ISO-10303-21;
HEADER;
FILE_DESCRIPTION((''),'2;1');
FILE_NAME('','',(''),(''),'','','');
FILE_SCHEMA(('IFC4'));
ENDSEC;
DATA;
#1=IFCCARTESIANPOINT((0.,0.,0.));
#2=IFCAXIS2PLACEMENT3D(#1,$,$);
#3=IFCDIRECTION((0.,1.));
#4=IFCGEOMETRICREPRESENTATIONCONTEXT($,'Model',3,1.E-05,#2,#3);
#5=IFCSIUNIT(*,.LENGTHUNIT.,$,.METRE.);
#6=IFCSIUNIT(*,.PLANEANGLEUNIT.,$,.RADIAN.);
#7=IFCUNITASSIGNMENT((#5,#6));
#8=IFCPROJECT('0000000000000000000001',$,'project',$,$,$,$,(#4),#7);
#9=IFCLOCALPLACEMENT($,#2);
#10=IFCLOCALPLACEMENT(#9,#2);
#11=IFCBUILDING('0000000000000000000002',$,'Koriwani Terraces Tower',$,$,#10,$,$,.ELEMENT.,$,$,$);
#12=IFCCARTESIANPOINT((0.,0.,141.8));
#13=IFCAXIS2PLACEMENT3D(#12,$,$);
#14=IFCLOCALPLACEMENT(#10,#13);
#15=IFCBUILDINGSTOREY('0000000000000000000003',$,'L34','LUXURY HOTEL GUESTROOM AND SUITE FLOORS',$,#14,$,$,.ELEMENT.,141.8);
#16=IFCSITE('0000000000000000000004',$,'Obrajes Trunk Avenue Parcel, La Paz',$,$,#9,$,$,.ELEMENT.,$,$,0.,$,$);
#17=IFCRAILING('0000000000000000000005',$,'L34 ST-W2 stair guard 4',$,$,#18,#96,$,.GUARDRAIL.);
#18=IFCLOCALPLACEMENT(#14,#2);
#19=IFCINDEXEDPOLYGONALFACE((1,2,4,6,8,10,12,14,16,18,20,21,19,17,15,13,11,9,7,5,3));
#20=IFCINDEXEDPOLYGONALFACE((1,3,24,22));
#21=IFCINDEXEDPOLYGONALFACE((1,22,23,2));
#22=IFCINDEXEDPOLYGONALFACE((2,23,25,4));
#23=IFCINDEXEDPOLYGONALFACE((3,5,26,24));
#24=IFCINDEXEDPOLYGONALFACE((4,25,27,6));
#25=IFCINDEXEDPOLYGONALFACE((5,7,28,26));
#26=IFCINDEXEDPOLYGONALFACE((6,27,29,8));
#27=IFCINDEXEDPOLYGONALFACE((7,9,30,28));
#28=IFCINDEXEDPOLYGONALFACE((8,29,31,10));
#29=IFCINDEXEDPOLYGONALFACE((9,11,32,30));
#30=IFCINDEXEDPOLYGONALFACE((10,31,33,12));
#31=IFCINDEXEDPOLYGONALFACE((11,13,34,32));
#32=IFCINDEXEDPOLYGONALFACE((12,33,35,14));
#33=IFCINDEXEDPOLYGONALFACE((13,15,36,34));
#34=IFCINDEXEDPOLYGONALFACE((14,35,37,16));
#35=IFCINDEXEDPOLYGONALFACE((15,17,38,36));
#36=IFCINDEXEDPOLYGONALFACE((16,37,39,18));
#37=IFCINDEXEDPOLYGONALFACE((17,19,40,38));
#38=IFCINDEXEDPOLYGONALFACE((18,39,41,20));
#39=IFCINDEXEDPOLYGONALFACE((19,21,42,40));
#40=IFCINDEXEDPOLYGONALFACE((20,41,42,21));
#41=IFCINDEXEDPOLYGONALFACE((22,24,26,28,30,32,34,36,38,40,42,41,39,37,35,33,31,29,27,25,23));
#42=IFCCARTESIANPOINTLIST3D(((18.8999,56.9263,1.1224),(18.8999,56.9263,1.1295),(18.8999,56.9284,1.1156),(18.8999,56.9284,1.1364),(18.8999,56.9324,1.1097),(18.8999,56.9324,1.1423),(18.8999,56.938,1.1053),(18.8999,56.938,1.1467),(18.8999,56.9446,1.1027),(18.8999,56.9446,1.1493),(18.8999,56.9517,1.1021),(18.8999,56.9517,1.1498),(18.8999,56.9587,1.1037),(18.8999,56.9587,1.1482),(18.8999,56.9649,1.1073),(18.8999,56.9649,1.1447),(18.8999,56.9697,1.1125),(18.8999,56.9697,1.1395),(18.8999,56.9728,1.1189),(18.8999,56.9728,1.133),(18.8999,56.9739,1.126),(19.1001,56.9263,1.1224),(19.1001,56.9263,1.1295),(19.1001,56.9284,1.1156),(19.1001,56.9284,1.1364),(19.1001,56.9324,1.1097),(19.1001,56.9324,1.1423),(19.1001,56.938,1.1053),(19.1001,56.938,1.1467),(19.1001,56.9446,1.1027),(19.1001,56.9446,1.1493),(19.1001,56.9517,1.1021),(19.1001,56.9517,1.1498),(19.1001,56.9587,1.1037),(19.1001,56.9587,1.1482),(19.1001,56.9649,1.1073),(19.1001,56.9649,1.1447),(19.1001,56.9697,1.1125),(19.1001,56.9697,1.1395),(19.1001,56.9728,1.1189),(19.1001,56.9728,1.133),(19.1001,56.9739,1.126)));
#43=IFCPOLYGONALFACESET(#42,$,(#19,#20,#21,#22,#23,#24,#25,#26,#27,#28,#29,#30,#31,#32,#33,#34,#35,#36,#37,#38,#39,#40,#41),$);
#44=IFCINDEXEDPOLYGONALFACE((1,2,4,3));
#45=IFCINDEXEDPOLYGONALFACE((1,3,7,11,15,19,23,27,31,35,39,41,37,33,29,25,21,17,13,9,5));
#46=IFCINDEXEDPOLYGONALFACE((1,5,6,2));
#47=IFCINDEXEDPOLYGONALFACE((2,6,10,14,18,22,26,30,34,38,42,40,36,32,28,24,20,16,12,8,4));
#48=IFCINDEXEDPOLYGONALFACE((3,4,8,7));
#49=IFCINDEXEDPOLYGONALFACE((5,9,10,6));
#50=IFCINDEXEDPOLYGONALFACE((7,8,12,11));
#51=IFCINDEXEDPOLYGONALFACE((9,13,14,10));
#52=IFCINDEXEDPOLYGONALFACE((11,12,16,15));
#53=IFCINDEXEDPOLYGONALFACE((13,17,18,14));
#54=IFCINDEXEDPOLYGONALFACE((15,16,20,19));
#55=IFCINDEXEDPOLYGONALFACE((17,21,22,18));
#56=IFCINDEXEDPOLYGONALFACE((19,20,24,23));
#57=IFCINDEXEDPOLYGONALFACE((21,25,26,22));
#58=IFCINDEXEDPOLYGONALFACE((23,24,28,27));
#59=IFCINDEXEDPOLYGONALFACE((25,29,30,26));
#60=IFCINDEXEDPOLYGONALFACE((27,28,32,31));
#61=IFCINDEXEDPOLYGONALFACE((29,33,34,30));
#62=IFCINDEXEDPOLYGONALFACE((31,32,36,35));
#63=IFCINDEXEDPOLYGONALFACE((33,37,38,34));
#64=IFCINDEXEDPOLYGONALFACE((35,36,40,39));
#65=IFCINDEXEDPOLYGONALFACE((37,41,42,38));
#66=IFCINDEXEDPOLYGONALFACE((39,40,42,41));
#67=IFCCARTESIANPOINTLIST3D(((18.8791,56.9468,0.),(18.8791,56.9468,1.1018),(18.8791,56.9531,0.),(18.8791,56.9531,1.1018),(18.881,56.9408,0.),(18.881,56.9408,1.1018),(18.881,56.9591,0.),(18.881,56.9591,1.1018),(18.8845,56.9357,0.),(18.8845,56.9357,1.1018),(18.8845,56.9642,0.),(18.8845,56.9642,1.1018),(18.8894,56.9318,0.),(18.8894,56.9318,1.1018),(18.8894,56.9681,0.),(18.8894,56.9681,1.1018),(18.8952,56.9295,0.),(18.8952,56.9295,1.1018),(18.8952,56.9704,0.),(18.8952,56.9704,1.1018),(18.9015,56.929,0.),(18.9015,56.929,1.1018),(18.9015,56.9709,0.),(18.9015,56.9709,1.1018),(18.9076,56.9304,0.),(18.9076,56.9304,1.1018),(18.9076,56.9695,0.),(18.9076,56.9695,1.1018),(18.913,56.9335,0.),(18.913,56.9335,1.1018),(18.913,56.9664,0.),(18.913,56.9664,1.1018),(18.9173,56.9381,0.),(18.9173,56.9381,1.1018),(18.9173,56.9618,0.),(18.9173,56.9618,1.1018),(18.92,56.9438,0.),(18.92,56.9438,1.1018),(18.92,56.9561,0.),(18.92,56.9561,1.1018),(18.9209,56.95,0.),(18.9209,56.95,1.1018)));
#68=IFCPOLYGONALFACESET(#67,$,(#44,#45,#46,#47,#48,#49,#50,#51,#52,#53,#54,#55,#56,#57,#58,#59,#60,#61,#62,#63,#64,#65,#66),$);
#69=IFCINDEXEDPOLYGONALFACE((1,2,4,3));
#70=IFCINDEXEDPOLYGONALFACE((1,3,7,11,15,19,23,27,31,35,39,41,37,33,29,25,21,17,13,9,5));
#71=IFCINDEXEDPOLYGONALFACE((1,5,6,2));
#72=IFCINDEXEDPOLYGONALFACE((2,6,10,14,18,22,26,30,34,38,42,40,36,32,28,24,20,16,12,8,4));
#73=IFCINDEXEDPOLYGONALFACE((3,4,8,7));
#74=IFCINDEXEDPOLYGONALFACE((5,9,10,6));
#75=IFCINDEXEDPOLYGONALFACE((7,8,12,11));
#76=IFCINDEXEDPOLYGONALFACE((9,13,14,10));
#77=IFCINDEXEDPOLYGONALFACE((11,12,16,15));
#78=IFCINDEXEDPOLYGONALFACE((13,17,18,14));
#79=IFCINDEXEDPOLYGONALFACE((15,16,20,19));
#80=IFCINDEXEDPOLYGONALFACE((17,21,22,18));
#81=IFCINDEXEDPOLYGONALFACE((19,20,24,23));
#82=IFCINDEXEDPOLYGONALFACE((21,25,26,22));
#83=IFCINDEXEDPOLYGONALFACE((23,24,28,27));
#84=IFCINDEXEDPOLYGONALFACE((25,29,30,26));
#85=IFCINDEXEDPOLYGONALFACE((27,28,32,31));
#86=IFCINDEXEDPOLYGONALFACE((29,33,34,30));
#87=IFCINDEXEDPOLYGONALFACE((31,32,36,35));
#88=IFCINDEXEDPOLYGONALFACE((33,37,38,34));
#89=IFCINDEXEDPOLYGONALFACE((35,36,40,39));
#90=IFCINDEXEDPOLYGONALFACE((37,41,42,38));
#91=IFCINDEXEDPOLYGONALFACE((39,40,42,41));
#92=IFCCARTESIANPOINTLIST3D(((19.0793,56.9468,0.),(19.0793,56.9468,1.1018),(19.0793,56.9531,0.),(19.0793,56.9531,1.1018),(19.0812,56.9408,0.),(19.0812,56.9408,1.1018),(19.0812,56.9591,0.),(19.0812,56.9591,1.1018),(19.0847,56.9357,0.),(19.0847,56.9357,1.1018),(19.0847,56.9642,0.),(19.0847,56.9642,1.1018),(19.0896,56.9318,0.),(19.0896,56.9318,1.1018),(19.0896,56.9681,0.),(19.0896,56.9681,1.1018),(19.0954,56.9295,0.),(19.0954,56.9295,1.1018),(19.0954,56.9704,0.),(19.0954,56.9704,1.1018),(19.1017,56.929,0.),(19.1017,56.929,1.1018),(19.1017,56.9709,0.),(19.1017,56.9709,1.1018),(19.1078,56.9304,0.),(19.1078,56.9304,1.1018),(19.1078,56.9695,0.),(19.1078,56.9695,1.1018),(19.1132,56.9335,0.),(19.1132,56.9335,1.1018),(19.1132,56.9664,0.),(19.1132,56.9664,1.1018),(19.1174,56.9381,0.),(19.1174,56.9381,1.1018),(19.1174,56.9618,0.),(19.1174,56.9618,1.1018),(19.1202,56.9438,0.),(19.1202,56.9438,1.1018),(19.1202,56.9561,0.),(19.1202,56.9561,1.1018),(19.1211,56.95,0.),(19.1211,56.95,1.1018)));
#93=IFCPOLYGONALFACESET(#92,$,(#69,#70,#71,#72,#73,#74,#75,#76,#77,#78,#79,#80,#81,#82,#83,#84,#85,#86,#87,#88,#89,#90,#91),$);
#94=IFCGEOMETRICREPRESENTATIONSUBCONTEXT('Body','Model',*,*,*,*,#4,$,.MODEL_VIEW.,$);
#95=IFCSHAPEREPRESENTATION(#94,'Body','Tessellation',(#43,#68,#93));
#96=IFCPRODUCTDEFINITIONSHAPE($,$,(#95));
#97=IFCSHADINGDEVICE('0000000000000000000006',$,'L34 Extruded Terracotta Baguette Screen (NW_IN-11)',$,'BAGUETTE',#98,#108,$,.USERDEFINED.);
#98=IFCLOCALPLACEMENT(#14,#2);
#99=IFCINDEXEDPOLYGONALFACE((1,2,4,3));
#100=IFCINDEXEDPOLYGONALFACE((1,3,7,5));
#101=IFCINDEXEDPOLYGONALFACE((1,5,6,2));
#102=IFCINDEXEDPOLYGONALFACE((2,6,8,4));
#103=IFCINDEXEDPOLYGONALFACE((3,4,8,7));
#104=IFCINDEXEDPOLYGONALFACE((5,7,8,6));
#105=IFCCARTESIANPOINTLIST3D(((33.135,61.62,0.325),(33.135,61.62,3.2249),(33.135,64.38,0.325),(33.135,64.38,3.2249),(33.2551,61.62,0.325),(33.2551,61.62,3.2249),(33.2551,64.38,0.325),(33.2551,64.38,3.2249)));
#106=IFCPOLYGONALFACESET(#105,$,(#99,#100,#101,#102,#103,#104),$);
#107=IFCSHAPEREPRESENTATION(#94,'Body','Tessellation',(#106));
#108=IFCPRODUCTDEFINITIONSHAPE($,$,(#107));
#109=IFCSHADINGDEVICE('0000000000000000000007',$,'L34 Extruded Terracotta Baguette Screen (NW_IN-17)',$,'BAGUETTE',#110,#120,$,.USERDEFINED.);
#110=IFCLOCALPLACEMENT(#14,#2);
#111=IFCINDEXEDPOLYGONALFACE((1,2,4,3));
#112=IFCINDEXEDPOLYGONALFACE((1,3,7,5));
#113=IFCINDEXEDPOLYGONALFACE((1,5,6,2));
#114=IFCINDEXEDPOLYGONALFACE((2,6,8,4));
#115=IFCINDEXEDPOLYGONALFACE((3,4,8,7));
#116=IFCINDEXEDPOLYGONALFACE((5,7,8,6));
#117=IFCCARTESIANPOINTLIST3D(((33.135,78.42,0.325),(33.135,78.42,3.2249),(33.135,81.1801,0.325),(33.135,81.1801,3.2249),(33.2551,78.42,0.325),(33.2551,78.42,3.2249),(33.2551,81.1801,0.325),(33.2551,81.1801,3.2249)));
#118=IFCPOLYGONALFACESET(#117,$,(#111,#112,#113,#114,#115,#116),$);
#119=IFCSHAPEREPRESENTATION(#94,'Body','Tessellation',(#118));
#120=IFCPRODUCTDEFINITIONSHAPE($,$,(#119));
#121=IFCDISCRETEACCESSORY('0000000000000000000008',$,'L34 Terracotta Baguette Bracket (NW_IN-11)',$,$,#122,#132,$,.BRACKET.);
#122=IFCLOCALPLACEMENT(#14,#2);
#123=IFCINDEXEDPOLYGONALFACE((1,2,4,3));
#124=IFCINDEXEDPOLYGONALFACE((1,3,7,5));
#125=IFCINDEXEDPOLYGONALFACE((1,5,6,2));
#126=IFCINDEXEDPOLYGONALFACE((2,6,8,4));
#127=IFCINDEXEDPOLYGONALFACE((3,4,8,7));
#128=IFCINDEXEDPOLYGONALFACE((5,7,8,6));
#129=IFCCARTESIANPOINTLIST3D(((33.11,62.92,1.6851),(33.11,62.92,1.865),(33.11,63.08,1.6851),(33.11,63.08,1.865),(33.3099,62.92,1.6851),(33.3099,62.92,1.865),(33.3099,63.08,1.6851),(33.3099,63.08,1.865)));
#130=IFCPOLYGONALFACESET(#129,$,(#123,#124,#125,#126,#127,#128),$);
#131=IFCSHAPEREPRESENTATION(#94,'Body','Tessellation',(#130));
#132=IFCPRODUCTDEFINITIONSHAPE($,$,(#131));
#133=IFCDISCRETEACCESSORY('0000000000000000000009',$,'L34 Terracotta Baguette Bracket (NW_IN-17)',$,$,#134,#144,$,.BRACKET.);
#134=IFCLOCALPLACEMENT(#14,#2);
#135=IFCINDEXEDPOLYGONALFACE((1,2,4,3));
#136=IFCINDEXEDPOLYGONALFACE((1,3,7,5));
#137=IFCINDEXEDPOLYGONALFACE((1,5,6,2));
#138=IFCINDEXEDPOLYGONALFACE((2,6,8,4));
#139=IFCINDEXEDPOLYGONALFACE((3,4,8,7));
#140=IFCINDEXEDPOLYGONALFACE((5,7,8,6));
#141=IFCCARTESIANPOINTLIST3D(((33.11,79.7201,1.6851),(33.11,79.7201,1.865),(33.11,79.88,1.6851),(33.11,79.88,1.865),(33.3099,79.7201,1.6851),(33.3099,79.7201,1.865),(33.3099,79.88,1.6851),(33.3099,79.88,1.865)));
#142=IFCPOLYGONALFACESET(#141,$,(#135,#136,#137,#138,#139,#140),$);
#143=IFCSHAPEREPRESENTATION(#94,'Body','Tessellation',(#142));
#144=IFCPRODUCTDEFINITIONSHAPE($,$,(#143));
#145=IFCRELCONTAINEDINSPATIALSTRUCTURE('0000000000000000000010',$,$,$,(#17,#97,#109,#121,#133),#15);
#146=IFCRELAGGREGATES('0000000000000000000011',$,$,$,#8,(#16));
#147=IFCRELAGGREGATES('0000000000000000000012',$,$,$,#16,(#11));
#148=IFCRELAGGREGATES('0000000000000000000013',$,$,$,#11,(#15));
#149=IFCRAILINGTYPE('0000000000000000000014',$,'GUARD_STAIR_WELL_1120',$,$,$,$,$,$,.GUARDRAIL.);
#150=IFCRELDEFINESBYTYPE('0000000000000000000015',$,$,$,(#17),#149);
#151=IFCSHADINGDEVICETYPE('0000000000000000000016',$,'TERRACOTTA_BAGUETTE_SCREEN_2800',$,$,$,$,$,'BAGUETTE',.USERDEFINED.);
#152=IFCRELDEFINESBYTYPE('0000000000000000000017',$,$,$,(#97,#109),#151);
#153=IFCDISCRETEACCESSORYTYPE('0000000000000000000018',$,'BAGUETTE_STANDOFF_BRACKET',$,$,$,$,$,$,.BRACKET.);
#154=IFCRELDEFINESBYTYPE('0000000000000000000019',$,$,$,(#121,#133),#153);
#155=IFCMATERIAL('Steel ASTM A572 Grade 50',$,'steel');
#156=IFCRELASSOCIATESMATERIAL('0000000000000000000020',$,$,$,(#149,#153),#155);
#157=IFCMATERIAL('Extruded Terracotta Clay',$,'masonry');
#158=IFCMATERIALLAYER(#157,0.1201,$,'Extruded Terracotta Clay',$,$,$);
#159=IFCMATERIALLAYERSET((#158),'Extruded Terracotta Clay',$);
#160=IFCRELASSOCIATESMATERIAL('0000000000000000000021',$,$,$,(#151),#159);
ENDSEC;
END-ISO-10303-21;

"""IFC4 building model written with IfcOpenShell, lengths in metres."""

from ifc_helpers import new_model, si_unit, direction, frame, origin, origin_2d, place, context, subcontext, project, spatial, rectangle, circle, extrude, material, layer, layer_set, type_object, element, save


model = new_model("IFC4")

# Units and contexts
model_context = context("Model", 3, precision=1e-05, world=origin(), true_north=direction((0.0, 1.0)))
body_context = subcontext(model_context, "Body", "Model", "MODEL_VIEW")
ifc_project = project(units=[si_unit("LENGTHUNIT", "METRE"), si_unit("PLANEANGLEUNIT", "RADIAN")], contexts=[model_context])

# Site, building, storey
site_placement = place(None, origin())
site = spatial("IfcSite", under=ifc_project, at=site_placement, Name="Obrajes Trunk Avenue Parcel, La Paz", CompositionType="ELEMENT", RefElevation=0.0)
building_placement = place(site_placement, origin())
building = spatial("IfcBuilding", under=site, at=building_placement, Name="Koriwani Terraces Tower", CompositionType="ELEMENT")
storey_placement = place(building_placement, frame((0.0, 0.0, 141.8)))
storey = spatial("IfcBuildingStorey", under=building, at=storey_placement, Name="L34", Description="LUXURY HOTEL GUESTROOM AND SUITE FLOORS", CompositionType="ELEMENT", Elevation=141.8)

# Shared definitions
ifc_material_1 = material(Name="Steel ASTM A572 Grade 50", Category="steel")

# Railing
railing_type = type_object("IfcRailingType", Name="GUARD_STAIR_WELL_1120", PredefinedType="GUARDRAIL", material=ifc_material_1)
railing_1_placement = place(storey_placement, frame((18.8999, 56.95, 0.0)))
element("IfcRailing", 1, at=railing_1_placement, inside=storey, type_object=railing_type, Name="L34 ST-W2 stair guard 4", PredefinedType="GUARDRAIL", context=body_context, shape_type="SweptSolid", body=[
    extrude(circle(Radius=0.0239, at=origin_2d()), frame((0.0, 0.0, 1.126), z_axis=(1.0, 0.0, 0.0), x_axis=(0.0, 1.0, 0.0)), (0.0, 0.0, 1.0), 0.2002),
    extrude(circle(Radius=0.021, at=origin_2d()), origin(), (0.0, 0.0, 1.0), 1.1018),
    extrude(circle(Radius=0.021, at=origin_2d()), frame((0.2002, 0.0, 0.0)), (0.0, 0.0, 1.0), 1.1018),
])

# Shading devices
ifc_material_2 = material(Name="Extruded Terracotta Clay", Category="masonry")
ifc_layer_1 = layer(ifc_material_2, 0.1201, Name="Extruded Terracotta Clay")
ifc_layer_set_1 = layer_set([ifc_layer_1], Name="Extruded Terracotta Clay")
shading_device_type = type_object("IfcShadingDeviceType", Name="TERRACOTTA_BAGUETTE_SCREEN_2800", ElementType="BAGUETTE", PredefinedType="USERDEFINED", material=ifc_layer_set_1)
for number, where, z_axis, x_axis, name in (
    (2, (33.1951, 63.0, 0.325), (0.0, 0.0, 1.0), (0.0, -1.0, 0.0), "L34 Extruded Terracotta Baguette Screen (NW_IN-11)"),
    (3, (33.1951, 79.8, 0.325), (0.0, 0.0, 1.0), (0.0, -1.0, 0.0), "L34 Extruded Terracotta Baguette Screen (NW_IN-17)"),
):
    element("IfcShadingDevice", number, at=place(storey_placement, frame(where, z_axis=z_axis, x_axis=x_axis)), inside=storey, type_object=shading_device_type, Name=name, ObjectType="BAGUETTE", PredefinedType="USERDEFINED", context=body_context, shape_type="SweptSolid", body=[
        extrude(rectangle(XDim=2.76, YDim=0.1201, at=origin_2d()), origin(), (0.0, 0.0, 1.0), 2.8999),
    ])

# Discrete accessories
discrete_accessory_type = type_object("IfcDiscreteAccessoryType", Name="BAGUETTE_STANDOFF_BRACKET", PredefinedType="BRACKET", material=ifc_material_1)
for number, where, z_axis, x_axis, name in (
    (4, (33.21, 63.0, 1.6851), (0.0, 0.0, 1.0), (0.0, -1.0, 0.0), "L34 Terracotta Baguette Bracket (NW_IN-11)"),
    (5, (33.21, 79.8, 1.6851), (0.0, 0.0, 1.0), (0.0, -1.0, 0.0), "L34 Terracotta Baguette Bracket (NW_IN-17)"),
):
    element("IfcDiscreteAccessory", number, at=place(storey_placement, frame(where, z_axis=z_axis, x_axis=x_axis)), inside=storey, type_object=discrete_accessory_type, Name=name, PredefinedType="BRACKET", context=body_context, shape_type="SweptSolid", body=[
        extrude(rectangle(XDim=0.1599, YDim=0.2, at=origin_2d()), origin(), (0.0, 0.0, 1.0), 0.1799),
    ])

save(model, "model.ifc")
